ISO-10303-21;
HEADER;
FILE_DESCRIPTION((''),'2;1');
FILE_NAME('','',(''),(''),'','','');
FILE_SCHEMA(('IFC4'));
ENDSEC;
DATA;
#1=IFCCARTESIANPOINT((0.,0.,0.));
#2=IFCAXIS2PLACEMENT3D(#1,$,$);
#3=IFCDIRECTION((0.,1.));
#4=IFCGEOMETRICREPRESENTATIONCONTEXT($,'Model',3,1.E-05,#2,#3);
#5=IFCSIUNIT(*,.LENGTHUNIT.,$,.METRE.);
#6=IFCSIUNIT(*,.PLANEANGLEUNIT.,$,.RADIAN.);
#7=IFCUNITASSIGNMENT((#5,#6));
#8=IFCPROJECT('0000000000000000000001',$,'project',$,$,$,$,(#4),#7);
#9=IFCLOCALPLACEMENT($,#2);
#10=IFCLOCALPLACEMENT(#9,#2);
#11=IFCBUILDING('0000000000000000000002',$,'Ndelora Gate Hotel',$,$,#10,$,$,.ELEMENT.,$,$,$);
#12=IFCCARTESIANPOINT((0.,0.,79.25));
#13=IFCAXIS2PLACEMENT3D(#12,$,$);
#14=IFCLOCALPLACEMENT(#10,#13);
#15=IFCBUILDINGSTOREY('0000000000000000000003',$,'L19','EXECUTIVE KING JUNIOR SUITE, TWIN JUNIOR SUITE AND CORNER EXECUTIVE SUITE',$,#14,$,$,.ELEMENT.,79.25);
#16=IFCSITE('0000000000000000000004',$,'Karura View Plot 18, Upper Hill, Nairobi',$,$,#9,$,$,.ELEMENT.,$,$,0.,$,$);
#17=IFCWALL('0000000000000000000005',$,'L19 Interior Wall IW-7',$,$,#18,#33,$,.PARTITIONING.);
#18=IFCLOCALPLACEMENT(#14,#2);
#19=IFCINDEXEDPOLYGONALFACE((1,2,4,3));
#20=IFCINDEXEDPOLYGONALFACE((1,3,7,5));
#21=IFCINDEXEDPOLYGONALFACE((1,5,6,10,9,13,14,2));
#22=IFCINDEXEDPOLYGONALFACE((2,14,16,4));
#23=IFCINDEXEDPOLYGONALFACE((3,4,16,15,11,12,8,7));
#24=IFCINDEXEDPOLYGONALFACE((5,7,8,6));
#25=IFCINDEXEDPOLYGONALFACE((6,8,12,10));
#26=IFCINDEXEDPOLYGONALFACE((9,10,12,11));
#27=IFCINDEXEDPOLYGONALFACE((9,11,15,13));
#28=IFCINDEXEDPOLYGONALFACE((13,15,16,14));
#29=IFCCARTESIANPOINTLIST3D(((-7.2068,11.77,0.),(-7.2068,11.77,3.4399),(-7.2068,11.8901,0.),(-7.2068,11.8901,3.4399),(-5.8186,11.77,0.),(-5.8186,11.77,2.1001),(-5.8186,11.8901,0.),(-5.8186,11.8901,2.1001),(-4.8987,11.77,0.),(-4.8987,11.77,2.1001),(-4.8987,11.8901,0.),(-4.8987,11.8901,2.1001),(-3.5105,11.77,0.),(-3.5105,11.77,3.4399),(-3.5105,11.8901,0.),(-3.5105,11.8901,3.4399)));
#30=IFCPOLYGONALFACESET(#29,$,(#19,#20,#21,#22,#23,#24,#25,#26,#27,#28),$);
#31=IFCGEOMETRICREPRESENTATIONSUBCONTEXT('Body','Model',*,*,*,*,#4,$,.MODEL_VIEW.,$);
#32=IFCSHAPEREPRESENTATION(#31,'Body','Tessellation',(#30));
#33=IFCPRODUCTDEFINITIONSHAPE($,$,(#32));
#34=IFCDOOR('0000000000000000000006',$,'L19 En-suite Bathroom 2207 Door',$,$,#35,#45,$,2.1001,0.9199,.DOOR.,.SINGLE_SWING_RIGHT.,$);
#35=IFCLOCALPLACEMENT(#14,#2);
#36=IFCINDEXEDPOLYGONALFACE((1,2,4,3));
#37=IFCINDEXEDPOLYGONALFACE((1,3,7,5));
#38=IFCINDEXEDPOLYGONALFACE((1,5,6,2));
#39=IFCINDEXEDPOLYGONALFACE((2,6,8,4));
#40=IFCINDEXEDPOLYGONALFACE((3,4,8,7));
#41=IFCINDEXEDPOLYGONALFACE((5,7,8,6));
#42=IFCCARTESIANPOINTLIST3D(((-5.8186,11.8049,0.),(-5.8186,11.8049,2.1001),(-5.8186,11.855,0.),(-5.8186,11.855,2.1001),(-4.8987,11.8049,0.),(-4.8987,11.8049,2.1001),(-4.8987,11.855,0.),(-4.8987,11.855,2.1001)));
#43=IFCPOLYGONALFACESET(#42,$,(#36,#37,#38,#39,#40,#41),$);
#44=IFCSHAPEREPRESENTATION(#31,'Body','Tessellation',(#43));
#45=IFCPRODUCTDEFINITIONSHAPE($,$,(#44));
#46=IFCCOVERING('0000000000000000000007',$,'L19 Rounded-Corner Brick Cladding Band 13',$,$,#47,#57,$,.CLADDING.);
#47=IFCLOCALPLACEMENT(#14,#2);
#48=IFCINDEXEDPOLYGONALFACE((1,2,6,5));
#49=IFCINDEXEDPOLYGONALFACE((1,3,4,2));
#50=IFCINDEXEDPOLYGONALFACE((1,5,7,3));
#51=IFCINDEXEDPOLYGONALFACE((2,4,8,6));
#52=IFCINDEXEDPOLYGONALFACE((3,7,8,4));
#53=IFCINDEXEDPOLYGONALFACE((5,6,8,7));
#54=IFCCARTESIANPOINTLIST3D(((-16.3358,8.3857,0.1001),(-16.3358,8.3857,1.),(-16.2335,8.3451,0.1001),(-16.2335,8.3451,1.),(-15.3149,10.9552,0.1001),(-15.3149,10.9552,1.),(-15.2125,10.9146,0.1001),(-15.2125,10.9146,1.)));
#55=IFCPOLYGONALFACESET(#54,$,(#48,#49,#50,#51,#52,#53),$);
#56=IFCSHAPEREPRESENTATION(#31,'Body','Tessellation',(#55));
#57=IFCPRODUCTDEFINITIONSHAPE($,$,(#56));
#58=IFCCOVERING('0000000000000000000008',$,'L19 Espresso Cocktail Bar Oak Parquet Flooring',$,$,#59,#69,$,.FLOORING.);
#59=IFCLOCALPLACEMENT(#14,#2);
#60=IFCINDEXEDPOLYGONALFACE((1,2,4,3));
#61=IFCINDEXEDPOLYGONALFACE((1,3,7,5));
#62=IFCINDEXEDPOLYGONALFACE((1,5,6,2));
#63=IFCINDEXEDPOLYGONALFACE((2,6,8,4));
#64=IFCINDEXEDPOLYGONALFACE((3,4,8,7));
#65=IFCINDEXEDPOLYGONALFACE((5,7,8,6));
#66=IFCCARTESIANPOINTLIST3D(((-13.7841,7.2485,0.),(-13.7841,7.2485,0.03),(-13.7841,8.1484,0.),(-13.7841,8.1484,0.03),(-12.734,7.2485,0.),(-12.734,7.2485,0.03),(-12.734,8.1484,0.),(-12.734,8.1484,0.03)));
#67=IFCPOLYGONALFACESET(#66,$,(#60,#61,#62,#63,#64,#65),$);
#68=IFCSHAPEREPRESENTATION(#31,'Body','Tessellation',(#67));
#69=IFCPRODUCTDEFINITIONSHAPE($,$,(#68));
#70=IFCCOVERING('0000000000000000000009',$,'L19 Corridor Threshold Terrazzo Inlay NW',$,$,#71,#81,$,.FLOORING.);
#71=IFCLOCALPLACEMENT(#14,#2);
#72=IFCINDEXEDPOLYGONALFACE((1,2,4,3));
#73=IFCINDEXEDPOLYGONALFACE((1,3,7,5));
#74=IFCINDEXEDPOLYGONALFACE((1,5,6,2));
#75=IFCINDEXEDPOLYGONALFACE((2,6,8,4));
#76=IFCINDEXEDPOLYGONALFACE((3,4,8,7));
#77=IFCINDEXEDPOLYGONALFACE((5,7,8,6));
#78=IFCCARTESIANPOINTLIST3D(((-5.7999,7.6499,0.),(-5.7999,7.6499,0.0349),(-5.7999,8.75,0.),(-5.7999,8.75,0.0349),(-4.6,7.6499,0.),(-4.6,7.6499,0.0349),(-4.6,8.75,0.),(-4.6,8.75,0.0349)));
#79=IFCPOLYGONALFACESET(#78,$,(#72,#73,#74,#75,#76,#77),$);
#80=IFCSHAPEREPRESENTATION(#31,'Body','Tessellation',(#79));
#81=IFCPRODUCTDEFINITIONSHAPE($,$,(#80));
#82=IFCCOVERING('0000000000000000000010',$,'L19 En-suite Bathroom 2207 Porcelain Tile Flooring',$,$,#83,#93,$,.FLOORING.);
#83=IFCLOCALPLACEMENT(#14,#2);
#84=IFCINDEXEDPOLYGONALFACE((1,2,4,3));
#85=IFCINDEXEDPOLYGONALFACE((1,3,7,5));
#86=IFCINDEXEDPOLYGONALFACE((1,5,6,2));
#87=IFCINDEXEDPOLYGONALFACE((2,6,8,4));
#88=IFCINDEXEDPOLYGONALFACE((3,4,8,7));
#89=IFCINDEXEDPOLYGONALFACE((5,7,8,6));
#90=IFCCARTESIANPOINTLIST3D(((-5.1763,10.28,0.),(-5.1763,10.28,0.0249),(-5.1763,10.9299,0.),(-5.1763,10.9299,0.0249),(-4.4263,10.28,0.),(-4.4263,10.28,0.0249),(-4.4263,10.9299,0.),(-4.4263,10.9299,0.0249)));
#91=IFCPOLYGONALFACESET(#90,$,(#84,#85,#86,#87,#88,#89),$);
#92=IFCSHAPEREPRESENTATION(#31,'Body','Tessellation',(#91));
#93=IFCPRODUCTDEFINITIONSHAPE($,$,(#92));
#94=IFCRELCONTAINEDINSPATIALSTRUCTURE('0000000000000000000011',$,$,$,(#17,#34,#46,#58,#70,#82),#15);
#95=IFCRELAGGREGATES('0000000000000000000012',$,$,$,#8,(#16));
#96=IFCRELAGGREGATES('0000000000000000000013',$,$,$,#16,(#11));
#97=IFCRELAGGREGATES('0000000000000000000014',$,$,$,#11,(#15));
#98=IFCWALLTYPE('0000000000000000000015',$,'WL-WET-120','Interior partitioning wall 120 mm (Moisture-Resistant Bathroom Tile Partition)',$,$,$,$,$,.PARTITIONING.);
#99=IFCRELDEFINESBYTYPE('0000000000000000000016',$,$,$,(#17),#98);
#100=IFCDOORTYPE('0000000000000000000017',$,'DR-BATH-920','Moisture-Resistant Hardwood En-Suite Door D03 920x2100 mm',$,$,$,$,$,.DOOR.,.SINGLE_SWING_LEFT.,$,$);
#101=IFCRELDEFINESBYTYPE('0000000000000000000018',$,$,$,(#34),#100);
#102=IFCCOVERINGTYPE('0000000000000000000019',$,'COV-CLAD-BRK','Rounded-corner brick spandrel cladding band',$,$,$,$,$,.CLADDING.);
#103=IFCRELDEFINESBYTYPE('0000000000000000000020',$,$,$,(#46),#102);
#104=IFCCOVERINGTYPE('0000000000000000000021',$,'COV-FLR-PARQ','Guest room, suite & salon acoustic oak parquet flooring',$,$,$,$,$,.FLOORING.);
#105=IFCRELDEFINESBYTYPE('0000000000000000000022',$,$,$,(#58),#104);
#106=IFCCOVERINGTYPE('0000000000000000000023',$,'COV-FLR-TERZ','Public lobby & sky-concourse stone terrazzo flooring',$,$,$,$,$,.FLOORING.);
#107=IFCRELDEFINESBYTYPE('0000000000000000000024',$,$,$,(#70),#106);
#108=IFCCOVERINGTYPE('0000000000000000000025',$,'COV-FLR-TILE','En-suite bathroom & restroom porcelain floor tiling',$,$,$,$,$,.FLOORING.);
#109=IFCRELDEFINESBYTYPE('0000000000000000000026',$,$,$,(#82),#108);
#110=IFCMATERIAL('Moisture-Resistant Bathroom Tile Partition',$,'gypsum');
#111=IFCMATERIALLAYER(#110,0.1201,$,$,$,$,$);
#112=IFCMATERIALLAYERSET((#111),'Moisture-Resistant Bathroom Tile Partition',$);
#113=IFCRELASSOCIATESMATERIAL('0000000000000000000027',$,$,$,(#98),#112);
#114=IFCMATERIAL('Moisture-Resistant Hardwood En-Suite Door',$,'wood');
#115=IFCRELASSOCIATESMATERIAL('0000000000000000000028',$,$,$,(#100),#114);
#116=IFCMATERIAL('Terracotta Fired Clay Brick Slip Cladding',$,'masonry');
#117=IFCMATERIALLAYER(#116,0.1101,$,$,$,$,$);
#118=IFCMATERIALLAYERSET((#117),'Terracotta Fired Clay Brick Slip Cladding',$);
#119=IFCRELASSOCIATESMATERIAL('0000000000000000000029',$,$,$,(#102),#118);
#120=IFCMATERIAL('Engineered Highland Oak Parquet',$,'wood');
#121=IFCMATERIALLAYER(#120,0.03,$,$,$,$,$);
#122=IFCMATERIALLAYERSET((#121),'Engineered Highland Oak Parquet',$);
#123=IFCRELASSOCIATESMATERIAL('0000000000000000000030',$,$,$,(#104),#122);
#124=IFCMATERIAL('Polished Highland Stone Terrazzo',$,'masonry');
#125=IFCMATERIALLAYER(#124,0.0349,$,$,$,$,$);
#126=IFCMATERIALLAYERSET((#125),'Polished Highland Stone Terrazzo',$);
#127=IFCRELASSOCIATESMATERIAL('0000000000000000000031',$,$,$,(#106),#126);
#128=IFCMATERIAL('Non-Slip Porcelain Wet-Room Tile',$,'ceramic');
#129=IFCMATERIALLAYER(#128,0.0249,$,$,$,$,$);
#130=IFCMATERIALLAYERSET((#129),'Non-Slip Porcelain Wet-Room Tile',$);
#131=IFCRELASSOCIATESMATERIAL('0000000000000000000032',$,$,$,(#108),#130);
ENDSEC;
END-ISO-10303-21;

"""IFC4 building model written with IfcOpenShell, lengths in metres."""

from ifc_helpers import new_model, si_unit, direction, frame, frame_2d, origin, origin_2d, place, context, subcontext, project, spatial, rectangle, extrude, material, layer, layer_set, type_object, element, fill, save


model = new_model("IFC4")

# Units and contexts
model_context = context("Model", 3, precision=1e-05, world=origin(), true_north=direction((0.0, 1.0)))
body_context = subcontext(model_context, "Body", "Model", "MODEL_VIEW")
ifc_project = project(units=[si_unit("LENGTHUNIT", "METRE"), si_unit("PLANEANGLEUNIT", "RADIAN")], contexts=[model_context])

# Site, building, storey
site_placement = place(None, origin())
site = spatial("IfcSite", under=ifc_project, at=site_placement, Name="Karura View Plot 18, Upper Hill, Nairobi", CompositionType="ELEMENT", RefElevation=0.0)
building_placement = place(site_placement, origin())
building = spatial("IfcBuilding", under=site, at=building_placement, Name="Ndelora Gate Hotel", CompositionType="ELEMENT")
storey_placement = place(building_placement, frame((0.0, 0.0, 79.25)))
storey = spatial("IfcBuildingStorey", under=building, at=storey_placement, Name="L19", Description="EXECUTIVE KING JUNIOR SUITE, TWIN JUNIOR SUITE AND CORNER EXECUTIVE SUITE", CompositionType="ELEMENT", Elevation=79.25)

# Shared definitions
ifc_material_1 = material(Name="Moisture-Resistant Bathroom Tile Partition", Category="gypsum")
ifc_layer_1 = layer(ifc_material_1, 0.1201)
ifc_layer_set_1 = layer_set([ifc_layer_1], Name="Moisture-Resistant Bathroom Tile Partition")
wall_type_1 = type_object("IfcWallType", Name="WL-WET-120", Description="Interior partitioning wall 120 mm (Moisture-Resistant Bathroom Tile Partition)", PredefinedType="PARTITIONING", material=ifc_layer_set_1)

# Wall, opening, door
wall_1_placement = place(storey_placement, frame((-7.2068, 11.8301, 0.0), z_axis=(0.0, 0.0, 1.0), x_axis=(1.0, 0.0, 0.0)))
wall_1 = element("IfcWall", 1, at=wall_1_placement, inside=storey, type_object=wall_type_1, Name="L19 Interior Wall IW-7", PredefinedType="PARTITIONING", context=body_context, shape_type="SweptSolid", body=[
    extrude(rectangle(XDim=3.6963, YDim=0.1201, at=frame_2d((1.8481, 0.0))), origin(), (0.0, 0.0, 1.0), 3.4399),
])
opening_1_placement = place(wall_1_placement, frame((1.3882, 0.0, 0.0)))
opening_1 = element("IfcOpeningElement", 2, at=opening_1_placement, cuts=wall_1, PredefinedType="OPENING", context=body_context, shape_type="SweptSolid", body=[
    extrude(rectangle(XDim=0.9199, YDim=2.1001, at=frame_2d((0.46, 1.05))), frame((0.0, 0.0701, 0.0), z_axis=(0.0, -1.0, 0.0), x_axis=(1.0, 0.0, 0.0)), (0.0, 0.0, 1.0), 0.1401),
])
ifc_material_2 = material(Name="Moisture-Resistant Hardwood En-Suite Door", Category="wood")
door_type_1 = type_object("IfcDoorType", Name="DR-BATH-920", Description="Moisture-Resistant Hardwood En-Suite Door D03 920x2100 mm", OperationType="SINGLE_SWING_LEFT", PredefinedType="DOOR", material=ifc_material_2)
door_1_placement = place(opening_1_placement, origin())
door_1 = element("IfcDoor", 3, at=door_1_placement, inside=storey, type_object=door_type_1, Name="L19 En-suite Bathroom 2207 Door", OperationType="SINGLE_SWING_RIGHT", OverallHeight=2.1001, OverallWidth=0.9199, PredefinedType="DOOR", context=body_context, shape_type="SweptSolid", body=[
    extrude(rectangle(XDim=0.9199, YDim=2.1001, at=frame_2d((0.46, 1.05))), frame((0.0, 0.0249, 0.0), z_axis=(0.0, -1.0, 0.0), x_axis=(1.0, 0.0, 0.0)), (0.0, 0.0, 1.0), 0.05),
])
fill(opening_1, door_1)

# Coverings
ifc_material_3 = material(Name="Terracotta Fired Clay Brick Slip Cladding", Category="masonry")
ifc_layer_2 = layer(ifc_material_3, 0.1101)
ifc_layer_set_2 = layer_set([ifc_layer_2], Name="Terracotta Fired Clay Brick Slip Cladding")
covering_type_1 = type_object("IfcCoveringType", Name="COV-CLAD-BRK", Description="Rounded-corner brick spandrel cladding band", PredefinedType="CLADDING", material=ifc_layer_set_2)
covering_1_placement = place(storey_placement, frame((-15.7742, 9.6501, 0.1001), z_axis=(0.0, 0.0, 1.0), x_axis=(0.36926, 0.929326, 0.0)))
element("IfcCovering", 4, at=covering_1_placement, inside=storey, type_object=covering_type_1, Name="L19 Rounded-Corner Brick Cladding Band 13", PredefinedType="CLADDING", context=body_context, shape_type="SweptSolid", body=[
    extrude(rectangle(XDim=2.7649, YDim=0.1101, at=origin_2d()), origin(), (0.0, 0.0, 1.0), 0.8999),
])
ifc_material_4 = material(Name="Engineered Highland Oak Parquet", Category="wood")
ifc_layer_3 = layer(ifc_material_4, 0.03)
ifc_layer_set_3 = layer_set([ifc_layer_3], Name="Engineered Highland Oak Parquet")
covering_type_2 = type_object("IfcCoveringType", Name="COV-FLR-PARQ", Description="Guest room, suite & salon acoustic oak parquet flooring", PredefinedType="FLOORING", material=ifc_layer_set_3)
covering_2_placement = place(storey_placement, frame((-13.259, 7.6985, 0.0), z_axis=(0.0, 0.0, 1.0), x_axis=(1.0, 0.0, 0.0)))
element("IfcCovering", 5, at=covering_2_placement, inside=storey, type_object=covering_type_2, Name="L19 Espresso Cocktail Bar Oak Parquet Flooring", PredefinedType="FLOORING", context=body_context, shape_type="SweptSolid", body=[
    extrude(rectangle(XDim=1.05, YDim=0.8999, at=origin_2d()), origin(), (0.0, 0.0, 1.0), 0.03),
])
ifc_material_5 = material(Name="Polished Highland Stone Terrazzo", Category="masonry")
ifc_layer_4 = layer(ifc_material_5, 0.0349)
ifc_layer_set_4 = layer_set([ifc_layer_4], Name="Polished Highland Stone Terrazzo")
covering_type_3 = type_object("IfcCoveringType", Name="COV-FLR-TERZ", Description="Public lobby & sky-concourse stone terrazzo flooring", PredefinedType="FLOORING", material=ifc_layer_set_4)
covering_3_placement = place(storey_placement, frame((-5.2, 8.2, 0.0), z_axis=(0.0, 0.0, 1.0), x_axis=(1.0, 0.0, 0.0)))
element("IfcCovering", 6, at=covering_3_placement, inside=storey, type_object=covering_type_3, Name="L19 Corridor Threshold Terrazzo Inlay NW", PredefinedType="FLOORING", context=body_context, shape_type="SweptSolid", body=[
    extrude(rectangle(XDim=1.2, YDim=1.1001, at=origin_2d()), origin(), (0.0, 0.0, 1.0), 0.0349),
])
ifc_material_6 = material(Name="Non-Slip Porcelain Wet-Room Tile", Category="ceramic")
ifc_layer_5 = layer(ifc_material_6, 0.0249)
ifc_layer_set_5 = layer_set([ifc_layer_5], Name="Non-Slip Porcelain Wet-Room Tile")
covering_type_4 = type_object("IfcCoveringType", Name="COV-FLR-TILE", Description="En-suite bathroom & restroom porcelain floor tiling", PredefinedType="FLOORING", material=ifc_layer_set_5)
covering_4_placement = place(storey_placement, frame((-4.8013, 10.605, 0.0), z_axis=(0.0, 0.0, 1.0), x_axis=(1.0, 0.0, 0.0)))
element("IfcCovering", 7, at=covering_4_placement, inside=storey, type_object=covering_type_4, Name="L19 En-suite Bathroom 2207 Porcelain Tile Flooring", PredefinedType="FLOORING", context=body_context, shape_type="SweptSolid", body=[
    extrude(rectangle(XDim=0.75, YDim=0.6499, at=origin_2d()), origin(), (0.0, 0.0, 1.0), 0.0249),
])

save(model, "model.ifc")
